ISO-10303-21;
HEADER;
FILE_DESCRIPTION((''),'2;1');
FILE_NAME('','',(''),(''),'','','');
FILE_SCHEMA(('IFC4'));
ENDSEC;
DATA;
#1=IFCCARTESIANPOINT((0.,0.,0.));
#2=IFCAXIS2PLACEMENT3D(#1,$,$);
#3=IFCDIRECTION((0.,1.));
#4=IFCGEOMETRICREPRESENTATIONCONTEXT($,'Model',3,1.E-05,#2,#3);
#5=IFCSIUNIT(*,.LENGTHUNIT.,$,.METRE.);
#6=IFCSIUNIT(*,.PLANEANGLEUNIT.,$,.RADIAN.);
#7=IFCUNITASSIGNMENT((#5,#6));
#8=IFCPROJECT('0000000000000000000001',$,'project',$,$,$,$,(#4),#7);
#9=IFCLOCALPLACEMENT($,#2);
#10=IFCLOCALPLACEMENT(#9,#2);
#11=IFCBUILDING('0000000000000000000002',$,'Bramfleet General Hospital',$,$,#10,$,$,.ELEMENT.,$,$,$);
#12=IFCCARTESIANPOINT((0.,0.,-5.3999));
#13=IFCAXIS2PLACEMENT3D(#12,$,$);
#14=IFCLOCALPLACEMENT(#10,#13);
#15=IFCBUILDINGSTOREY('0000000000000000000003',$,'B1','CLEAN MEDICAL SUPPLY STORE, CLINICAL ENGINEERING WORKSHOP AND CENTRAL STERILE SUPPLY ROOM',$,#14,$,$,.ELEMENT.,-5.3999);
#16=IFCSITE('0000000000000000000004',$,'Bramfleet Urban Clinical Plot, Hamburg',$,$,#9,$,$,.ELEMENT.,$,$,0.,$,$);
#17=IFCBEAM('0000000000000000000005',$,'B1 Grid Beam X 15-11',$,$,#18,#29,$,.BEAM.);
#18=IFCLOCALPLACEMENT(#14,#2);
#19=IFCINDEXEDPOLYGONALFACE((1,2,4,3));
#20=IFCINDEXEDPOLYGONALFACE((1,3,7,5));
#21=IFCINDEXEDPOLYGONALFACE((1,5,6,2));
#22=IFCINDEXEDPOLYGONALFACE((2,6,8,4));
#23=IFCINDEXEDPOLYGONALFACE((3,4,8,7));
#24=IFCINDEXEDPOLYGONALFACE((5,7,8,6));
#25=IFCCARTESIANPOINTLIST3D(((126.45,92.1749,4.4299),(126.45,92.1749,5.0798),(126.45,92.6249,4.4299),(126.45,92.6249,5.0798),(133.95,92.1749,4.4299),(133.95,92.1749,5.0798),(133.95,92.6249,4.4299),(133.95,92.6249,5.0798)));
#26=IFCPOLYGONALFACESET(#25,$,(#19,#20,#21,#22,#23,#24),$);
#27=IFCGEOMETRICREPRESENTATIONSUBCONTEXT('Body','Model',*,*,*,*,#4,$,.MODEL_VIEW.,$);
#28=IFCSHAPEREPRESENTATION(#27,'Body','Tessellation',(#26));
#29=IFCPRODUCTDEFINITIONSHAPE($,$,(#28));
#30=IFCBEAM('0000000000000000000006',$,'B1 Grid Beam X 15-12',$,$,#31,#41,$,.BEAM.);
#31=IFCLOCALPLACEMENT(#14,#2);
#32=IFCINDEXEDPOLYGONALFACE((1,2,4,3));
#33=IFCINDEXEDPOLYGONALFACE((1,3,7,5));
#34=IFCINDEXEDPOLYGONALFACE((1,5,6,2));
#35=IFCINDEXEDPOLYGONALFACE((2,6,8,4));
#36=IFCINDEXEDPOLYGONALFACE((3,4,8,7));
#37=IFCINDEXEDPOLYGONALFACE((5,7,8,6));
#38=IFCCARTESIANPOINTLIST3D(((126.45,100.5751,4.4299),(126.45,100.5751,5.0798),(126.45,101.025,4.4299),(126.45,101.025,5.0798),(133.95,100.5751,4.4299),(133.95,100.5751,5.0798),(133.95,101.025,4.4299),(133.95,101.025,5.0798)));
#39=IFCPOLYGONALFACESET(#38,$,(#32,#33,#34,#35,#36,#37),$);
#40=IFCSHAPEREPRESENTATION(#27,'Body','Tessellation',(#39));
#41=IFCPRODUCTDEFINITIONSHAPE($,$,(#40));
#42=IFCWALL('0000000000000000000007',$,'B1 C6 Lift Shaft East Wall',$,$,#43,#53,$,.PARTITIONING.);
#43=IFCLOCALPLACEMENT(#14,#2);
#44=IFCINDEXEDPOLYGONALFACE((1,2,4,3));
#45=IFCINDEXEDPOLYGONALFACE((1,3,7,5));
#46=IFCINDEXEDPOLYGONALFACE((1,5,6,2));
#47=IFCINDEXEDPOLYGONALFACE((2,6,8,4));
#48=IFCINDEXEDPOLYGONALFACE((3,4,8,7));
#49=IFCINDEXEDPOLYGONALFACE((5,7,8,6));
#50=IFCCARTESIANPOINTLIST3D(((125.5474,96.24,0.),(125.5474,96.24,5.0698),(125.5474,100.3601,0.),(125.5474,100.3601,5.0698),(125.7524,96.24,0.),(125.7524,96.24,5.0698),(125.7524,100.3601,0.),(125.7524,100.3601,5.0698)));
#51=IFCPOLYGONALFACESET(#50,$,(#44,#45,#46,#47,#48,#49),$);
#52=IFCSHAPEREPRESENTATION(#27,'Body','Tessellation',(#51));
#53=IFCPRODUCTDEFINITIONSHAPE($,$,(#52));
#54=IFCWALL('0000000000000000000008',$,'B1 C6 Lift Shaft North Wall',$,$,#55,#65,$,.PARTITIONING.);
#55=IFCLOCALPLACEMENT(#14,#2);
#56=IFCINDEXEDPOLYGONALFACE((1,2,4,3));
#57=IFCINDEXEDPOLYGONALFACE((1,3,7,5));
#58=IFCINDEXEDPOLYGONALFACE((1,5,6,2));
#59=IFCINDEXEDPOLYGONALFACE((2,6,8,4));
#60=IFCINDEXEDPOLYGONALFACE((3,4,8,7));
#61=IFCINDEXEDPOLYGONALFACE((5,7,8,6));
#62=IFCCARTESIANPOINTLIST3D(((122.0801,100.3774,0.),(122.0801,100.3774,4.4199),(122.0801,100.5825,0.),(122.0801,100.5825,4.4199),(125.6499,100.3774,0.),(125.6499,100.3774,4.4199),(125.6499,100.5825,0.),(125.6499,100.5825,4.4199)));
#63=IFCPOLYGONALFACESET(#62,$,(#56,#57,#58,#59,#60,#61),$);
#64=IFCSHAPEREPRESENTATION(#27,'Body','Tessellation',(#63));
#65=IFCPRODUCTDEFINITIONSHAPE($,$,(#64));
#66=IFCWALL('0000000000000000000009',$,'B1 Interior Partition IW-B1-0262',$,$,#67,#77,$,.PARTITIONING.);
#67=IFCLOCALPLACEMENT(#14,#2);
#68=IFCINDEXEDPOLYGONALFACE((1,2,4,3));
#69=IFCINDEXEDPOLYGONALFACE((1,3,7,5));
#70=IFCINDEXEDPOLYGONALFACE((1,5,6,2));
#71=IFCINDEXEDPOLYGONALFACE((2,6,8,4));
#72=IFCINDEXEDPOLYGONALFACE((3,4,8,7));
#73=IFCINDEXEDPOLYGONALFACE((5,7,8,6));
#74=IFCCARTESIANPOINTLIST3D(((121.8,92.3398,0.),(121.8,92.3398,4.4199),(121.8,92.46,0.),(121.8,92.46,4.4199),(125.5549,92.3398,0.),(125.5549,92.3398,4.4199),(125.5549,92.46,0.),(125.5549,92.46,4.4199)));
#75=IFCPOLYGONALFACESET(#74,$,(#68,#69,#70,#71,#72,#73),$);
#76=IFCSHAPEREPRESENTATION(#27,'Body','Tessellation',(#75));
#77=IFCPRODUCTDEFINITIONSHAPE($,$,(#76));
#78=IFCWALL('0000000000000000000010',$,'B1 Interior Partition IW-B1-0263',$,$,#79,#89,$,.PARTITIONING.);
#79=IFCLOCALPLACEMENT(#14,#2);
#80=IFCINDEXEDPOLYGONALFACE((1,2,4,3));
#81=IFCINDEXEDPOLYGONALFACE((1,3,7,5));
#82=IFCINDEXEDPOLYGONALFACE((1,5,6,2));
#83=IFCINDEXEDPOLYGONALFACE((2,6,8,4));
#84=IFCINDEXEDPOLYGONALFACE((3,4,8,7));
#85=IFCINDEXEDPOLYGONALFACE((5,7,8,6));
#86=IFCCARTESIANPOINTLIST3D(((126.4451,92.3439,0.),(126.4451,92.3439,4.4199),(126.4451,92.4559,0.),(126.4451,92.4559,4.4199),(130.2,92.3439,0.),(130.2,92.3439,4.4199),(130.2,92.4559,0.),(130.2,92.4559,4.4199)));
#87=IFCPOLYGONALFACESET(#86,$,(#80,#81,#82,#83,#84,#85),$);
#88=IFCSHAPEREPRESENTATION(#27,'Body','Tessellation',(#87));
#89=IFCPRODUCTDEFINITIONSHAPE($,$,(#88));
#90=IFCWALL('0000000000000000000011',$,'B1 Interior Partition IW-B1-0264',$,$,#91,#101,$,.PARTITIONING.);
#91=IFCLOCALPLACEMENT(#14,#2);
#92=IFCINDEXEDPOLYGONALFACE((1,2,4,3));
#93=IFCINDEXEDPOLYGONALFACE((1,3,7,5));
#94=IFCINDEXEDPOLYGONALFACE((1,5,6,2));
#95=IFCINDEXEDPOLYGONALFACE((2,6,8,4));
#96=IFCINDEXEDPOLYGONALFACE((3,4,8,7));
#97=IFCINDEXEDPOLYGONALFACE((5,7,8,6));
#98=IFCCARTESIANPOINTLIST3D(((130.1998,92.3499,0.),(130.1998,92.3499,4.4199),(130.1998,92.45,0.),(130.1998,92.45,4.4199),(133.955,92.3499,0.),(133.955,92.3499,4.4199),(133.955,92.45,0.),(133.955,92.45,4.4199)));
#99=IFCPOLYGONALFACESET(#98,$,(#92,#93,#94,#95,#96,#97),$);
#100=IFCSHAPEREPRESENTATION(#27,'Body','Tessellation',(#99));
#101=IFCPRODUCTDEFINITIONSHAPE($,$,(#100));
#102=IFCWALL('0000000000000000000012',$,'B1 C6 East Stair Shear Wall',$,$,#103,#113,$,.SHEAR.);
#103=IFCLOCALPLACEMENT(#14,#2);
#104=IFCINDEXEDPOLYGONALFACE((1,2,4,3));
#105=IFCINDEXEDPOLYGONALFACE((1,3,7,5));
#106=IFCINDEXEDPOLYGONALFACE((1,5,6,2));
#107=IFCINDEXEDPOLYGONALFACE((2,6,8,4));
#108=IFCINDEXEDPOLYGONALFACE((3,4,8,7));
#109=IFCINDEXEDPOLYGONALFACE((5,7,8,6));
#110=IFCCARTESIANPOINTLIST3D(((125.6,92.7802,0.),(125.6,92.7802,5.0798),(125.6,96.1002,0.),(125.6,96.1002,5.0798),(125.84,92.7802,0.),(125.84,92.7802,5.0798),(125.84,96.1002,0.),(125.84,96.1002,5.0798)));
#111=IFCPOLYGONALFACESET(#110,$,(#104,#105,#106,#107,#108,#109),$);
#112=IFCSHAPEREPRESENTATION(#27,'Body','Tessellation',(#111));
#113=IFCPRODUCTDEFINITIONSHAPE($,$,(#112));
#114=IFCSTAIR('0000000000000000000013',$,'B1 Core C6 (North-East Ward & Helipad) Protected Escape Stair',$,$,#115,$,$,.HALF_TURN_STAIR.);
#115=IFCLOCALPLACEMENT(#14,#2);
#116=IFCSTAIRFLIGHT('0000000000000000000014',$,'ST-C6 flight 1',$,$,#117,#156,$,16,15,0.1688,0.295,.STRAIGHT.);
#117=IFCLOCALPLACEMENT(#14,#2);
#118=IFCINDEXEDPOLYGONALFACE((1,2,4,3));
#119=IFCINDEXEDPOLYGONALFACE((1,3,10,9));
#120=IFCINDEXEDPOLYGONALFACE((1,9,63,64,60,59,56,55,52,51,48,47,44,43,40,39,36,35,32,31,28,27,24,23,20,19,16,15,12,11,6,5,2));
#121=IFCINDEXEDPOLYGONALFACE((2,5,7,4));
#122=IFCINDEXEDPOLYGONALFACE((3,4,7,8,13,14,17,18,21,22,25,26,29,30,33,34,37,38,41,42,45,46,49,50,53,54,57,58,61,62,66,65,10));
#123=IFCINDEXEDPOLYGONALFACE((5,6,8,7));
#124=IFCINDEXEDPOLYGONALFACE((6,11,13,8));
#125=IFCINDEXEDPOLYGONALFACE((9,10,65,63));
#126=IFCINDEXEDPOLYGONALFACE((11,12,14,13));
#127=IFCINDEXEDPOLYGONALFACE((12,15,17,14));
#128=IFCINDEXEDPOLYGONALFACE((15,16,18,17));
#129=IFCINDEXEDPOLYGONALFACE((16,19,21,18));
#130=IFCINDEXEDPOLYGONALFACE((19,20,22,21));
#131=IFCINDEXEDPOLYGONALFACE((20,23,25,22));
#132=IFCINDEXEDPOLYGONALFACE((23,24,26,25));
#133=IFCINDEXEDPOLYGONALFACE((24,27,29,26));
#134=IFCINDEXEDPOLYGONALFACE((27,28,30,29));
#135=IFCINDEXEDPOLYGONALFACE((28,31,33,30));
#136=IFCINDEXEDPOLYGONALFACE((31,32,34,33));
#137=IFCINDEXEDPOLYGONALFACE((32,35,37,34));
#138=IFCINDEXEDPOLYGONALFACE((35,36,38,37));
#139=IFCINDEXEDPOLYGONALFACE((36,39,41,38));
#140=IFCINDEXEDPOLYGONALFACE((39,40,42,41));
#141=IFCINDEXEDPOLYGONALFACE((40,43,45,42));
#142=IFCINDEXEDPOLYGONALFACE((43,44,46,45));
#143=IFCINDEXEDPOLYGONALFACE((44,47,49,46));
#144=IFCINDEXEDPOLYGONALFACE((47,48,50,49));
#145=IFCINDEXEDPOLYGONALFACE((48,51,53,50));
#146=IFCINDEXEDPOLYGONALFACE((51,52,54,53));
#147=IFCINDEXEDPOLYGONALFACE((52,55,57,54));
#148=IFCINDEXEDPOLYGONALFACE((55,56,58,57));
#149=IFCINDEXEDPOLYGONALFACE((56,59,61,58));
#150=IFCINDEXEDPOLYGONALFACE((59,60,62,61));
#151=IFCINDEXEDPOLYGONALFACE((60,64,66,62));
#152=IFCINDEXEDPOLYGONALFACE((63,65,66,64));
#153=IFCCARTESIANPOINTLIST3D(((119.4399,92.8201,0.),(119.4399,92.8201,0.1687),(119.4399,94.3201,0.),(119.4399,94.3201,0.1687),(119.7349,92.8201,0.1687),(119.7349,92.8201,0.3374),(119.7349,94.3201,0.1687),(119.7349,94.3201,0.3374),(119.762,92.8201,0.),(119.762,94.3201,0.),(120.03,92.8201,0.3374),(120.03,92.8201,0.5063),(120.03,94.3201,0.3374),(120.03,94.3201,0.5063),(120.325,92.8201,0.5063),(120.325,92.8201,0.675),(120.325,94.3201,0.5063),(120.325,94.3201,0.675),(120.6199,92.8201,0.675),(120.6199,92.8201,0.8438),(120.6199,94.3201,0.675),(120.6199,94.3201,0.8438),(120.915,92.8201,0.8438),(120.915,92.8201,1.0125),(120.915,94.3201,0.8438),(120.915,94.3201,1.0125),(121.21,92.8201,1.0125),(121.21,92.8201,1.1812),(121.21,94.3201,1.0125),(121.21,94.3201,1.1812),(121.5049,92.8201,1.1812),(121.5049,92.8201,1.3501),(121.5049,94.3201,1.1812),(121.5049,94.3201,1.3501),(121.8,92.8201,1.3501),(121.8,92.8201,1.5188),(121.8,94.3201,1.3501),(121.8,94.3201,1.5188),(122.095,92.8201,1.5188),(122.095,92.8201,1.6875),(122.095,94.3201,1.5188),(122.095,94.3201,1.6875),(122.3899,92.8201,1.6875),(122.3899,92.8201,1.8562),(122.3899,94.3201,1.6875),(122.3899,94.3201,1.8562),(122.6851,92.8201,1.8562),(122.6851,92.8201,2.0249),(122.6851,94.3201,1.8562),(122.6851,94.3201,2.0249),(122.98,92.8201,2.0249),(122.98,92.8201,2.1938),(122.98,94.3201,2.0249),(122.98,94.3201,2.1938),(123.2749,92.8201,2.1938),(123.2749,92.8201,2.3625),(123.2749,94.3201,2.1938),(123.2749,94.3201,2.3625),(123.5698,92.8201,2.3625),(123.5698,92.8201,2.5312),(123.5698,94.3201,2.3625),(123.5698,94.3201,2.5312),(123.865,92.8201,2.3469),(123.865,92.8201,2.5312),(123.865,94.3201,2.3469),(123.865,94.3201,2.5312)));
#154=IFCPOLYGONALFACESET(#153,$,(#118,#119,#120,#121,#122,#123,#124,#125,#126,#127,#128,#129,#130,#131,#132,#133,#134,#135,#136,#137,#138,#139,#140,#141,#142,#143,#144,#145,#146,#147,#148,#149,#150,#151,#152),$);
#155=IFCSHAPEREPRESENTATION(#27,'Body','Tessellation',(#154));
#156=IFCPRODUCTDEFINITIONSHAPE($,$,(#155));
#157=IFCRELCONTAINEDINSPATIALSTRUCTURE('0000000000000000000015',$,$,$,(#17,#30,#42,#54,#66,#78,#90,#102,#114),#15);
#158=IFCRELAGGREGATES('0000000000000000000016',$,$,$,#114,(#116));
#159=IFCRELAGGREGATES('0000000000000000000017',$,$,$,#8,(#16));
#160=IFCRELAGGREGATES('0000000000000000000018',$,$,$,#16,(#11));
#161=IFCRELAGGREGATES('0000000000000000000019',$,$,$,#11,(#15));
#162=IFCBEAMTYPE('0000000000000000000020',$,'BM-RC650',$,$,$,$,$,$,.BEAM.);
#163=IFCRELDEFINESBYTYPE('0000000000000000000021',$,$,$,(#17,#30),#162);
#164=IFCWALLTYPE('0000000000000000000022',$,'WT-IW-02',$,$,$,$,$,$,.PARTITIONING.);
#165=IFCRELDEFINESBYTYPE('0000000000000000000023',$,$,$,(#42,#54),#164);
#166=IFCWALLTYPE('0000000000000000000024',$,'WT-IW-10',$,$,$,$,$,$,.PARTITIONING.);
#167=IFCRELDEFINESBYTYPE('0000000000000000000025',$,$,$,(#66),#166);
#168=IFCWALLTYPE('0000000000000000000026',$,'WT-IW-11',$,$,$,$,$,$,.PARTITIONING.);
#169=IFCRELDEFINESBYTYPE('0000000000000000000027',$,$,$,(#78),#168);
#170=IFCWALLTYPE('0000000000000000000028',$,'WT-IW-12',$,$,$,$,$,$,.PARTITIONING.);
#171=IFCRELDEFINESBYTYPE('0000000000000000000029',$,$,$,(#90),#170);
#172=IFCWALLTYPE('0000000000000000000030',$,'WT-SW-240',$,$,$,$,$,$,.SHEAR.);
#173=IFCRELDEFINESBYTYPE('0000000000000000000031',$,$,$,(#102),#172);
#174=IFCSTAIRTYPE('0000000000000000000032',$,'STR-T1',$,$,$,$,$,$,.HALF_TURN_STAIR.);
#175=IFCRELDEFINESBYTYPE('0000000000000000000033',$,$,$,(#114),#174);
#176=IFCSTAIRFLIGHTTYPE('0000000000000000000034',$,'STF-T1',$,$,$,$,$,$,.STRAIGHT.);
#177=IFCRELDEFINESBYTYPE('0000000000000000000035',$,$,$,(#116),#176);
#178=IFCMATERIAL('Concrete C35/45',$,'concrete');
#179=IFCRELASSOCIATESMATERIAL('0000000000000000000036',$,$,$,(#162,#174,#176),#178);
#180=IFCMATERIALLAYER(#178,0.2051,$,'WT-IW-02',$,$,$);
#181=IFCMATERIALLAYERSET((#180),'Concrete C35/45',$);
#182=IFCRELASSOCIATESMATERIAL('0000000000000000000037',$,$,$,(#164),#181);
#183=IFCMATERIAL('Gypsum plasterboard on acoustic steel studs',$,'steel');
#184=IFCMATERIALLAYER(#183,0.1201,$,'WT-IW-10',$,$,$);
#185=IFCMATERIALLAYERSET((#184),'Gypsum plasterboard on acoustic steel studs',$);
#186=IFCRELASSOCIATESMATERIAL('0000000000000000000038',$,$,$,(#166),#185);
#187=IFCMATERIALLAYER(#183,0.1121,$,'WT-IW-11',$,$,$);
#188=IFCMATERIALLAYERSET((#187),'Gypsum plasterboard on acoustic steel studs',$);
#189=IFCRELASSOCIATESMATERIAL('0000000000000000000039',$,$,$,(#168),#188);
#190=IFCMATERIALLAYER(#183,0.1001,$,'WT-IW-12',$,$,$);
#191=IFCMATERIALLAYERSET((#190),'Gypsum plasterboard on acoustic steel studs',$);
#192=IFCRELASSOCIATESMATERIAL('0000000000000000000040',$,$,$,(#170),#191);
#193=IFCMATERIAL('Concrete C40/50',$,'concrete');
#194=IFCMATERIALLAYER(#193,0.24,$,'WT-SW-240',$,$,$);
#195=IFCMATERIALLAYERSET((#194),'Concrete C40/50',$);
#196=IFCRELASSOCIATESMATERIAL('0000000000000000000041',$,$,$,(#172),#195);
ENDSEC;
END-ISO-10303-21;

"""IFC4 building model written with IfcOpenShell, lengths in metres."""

from ifc_helpers import new_model, si_unit, direction, frame, frame_2d, origin, origin_2d, place, context, subcontext, project, spatial, polyline, rectangle, outline, extrude, material, layer, layer_set, material_profile, profile_set, type_object, element, aggregate, save


model = new_model("IFC4")

# Units and contexts
model_context = context("Model", 3, precision=1e-05, world=origin(), true_north=direction((0.0, 1.0)))
body_context = subcontext(model_context, "Body", "Model", "MODEL_VIEW")
ifc_project = project(units=[si_unit("LENGTHUNIT", "METRE"), si_unit("PLANEANGLEUNIT", "RADIAN")], contexts=[model_context])

# Site, building, storey
site_placement = place(None, origin())
site = spatial("IfcSite", under=ifc_project, at=site_placement, Name="Bramfleet Urban Clinical Plot, Hamburg", CompositionType="ELEMENT", RefElevation=0.0)
building_placement = place(site_placement, origin())
building = spatial("IfcBuilding", under=site, at=building_placement, Name="Bramfleet General Hospital", CompositionType="ELEMENT")
storey_placement = place(building_placement, frame((0.0, 0.0, -5.3999)))
storey = spatial("IfcBuildingStorey", under=building, at=storey_placement, Name="B1", Description="CLEAN MEDICAL SUPPLY STORE, CLINICAL ENGINEERING WORKSHOP AND CENTRAL STERILE SUPPLY ROOM", CompositionType="ELEMENT", Elevation=-5.3999)

# Shared definitions
ifc_material_1 = material(Name="Concrete C35/45", Category="concrete")

# Shared definitions
ifc_material_2 = material(Name="Concrete C40/50", Category="concrete")

# Beams
ifc_material_profile_1 = material_profile(ifc_material_1, rectangle(XDim=0.45, YDim=0.6499, at=origin_2d()), Name="RC BM 650x450")
ifc_profile_set_1 = profile_set([ifc_material_profile_1], Name="Concrete C35/45")
beam_type_1 = type_object("IfcBeamType", Name="BM-RC650", PredefinedType="BEAM", material=ifc_profile_set_1)
for number, where, z_axis, x_axis, name in (
    (1, (126.45, 92.3999, 4.7549), (1.0, 0.0, 0.0), (0.0, 1.0, 0.0), "B1 Grid Beam X 15-11"),
    (2, (126.45, 100.8, 4.7549), (1.0, 0.0, 0.0), (0.0, 1.0, 0.0), "B1 Grid Beam X 15-12"),
):
    element("IfcBeam", number, at=place(storey_placement, frame(where, z_axis=z_axis, x_axis=x_axis)), inside=storey, type_object=beam_type_1, Name=name, PredefinedType="BEAM", context=body_context, shape_type="SweptSolid", body=[
        extrude(rectangle(XDim=0.45, YDim=0.6499, at=origin_2d()), origin(), (0.0, 0.0, 1.0), 7.5),
    ])

# Shared definitions
ifc_layer_1 = layer(ifc_material_1, 0.2051, Name="WT-IW-02")
ifc_layer_set_1 = layer_set([ifc_layer_1], Name="Concrete C35/45")
wall_type_1 = type_object("IfcWallType", Name="WT-IW-02", PredefinedType="PARTITIONING", material=ifc_layer_set_1)

# Walls
wall_1_placement = place(storey_placement, frame((125.6499, 96.24, 0.0), z_axis=(0.0, 0.0, 1.0), x_axis=(0.0, 1.0, 0.0)))
element("IfcWall", 3, at=wall_1_placement, inside=storey, type_object=wall_type_1, Name="B1 C6 Lift Shaft East Wall", PredefinedType="PARTITIONING", context=body_context, shape_type="SweptSolid", body=[
    extrude(rectangle(XDim=4.1201, YDim=0.2051, at=frame_2d((2.0601, 0.0))), origin(), (0.0, 0.0, 1.0), 5.0698),
])
wall_2_placement = place(storey_placement, frame((122.0801, 100.48, 0.0), z_axis=(0.0, 0.0, 1.0), x_axis=(1.0, 0.0, 0.0)))
element("IfcWall", 4, at=wall_2_placement, inside=storey, type_object=wall_type_1, Name="B1 C6 Lift Shaft North Wall", PredefinedType="PARTITIONING", context=body_context, shape_type="SweptSolid", body=[
    extrude(rectangle(XDim=3.5698, YDim=0.2051, at=frame_2d((1.7849, 0.0))), origin(), (0.0, 0.0, 1.0), 4.4199),
])
ifc_material_3 = material(Name="Gypsum plasterboard on acoustic steel studs", Category="steel")
ifc_layer_2 = layer(ifc_material_3, 0.1201, Name="WT-IW-10")
ifc_layer_set_2 = layer_set([ifc_layer_2], Name="Gypsum plasterboard on acoustic steel studs")
wall_type_2 = type_object("IfcWallType", Name="WT-IW-10", PredefinedType="PARTITIONING", material=ifc_layer_set_2)
wall_3_placement = place(storey_placement, frame((121.8, 92.3999, 0.0), z_axis=(0.0, 0.0, 1.0), x_axis=(1.0, 0.0, 0.0)))
element("IfcWall", 5, at=wall_3_placement, inside=storey, type_object=wall_type_2, Name="B1 Interior Partition IW-B1-0262", PredefinedType="PARTITIONING", context=body_context, shape_type="SweptSolid", body=[
    extrude(rectangle(XDim=3.7549, YDim=0.1201, at=frame_2d((1.8774, 0.0))), origin(), (0.0, 0.0, 1.0), 4.4199),
])
ifc_layer_3 = layer(ifc_material_3, 0.1121, Name="WT-IW-11")
ifc_layer_set_3 = layer_set([ifc_layer_3], Name="Gypsum plasterboard on acoustic steel studs")
wall_type_3 = type_object("IfcWallType", Name="WT-IW-11", PredefinedType="PARTITIONING", material=ifc_layer_set_3)
wall_4_placement = place(storey_placement, frame((126.4451, 92.3999, 0.0), z_axis=(0.0, 0.0, 1.0), x_axis=(1.0, 0.0, 0.0)))
element("IfcWall", 6, at=wall_4_placement, inside=storey, type_object=wall_type_3, Name="B1 Interior Partition IW-B1-0263", PredefinedType="PARTITIONING", context=body_context, shape_type="SweptSolid", body=[
    extrude(rectangle(XDim=3.7549, YDim=0.1121, at=frame_2d((1.8774, 0.0))), origin(), (0.0, 0.0, 1.0), 4.4199),
])
ifc_layer_4 = layer(ifc_material_3, 0.1001, Name="WT-IW-12")
ifc_layer_set_4 = layer_set([ifc_layer_4], Name="Gypsum plasterboard on acoustic steel studs")
wall_type_4 = type_object("IfcWallType", Name="WT-IW-12", PredefinedType="PARTITIONING", material=ifc_layer_set_4)
wall_5_placement = place(storey_placement, frame((130.2, 92.3999, 0.0), z_axis=(0.0, 0.0, 1.0), x_axis=(1.0, 0.0, 0.0)))
element("IfcWall", 7, at=wall_5_placement, inside=storey, type_object=wall_type_4, Name="B1 Interior Partition IW-B1-0264", PredefinedType="PARTITIONING", context=body_context, shape_type="SweptSolid", body=[
    extrude(rectangle(XDim=3.7551, YDim=0.1001, at=frame_2d((1.8774, 0.0))), origin(), (0.0, 0.0, 1.0), 4.4199),
])
ifc_layer_5 = layer(ifc_material_2, 0.24, Name="WT-SW-240")
ifc_layer_set_5 = layer_set([ifc_layer_5], Name="Concrete C40/50")
wall_type_5 = type_object("IfcWallType", Name="WT-SW-240", PredefinedType="SHEAR", material=ifc_layer_set_5)
wall_6_placement = place(storey_placement, frame((125.72, 92.78, 0.0), z_axis=(0.0, 0.0, 1.0), x_axis=(0.0, 1.0, 0.0)))
element("IfcWall", 8, at=wall_6_placement, inside=storey, type_object=wall_type_5, Name="B1 C6 East Stair Shear Wall", PredefinedType="SHEAR", context=body_context, shape_type="SweptSolid", body=[
    extrude(rectangle(XDim=3.3201, YDim=0.24, at=frame_2d((1.6602, 0.0))), origin(), (0.0, 0.0, 1.0), 5.0798),
])

# Stair, stair flight
stair_type = type_object("IfcStairType", Name="STR-T1", PredefinedType="HALF_TURN_STAIR", material=ifc_material_1)
stair_placement = place(storey_placement, origin())
stair = element("IfcStair", 9, at=stair_placement, inside=storey, type_object=stair_type, Name="B1 Core C6 (North-East Ward & Helipad) Protected Escape Stair", PredefinedType="HALF_TURN_STAIR")
stair_flight_type = type_object("IfcStairFlightType", Name="STF-T1", PredefinedType="STRAIGHT", material=ifc_material_1)
stair_flight_1_placement = place(storey_placement, frame((119.4399, 93.5701, 0.0), z_axis=(0.0, 0.0, 1.0), x_axis=(1.0, 0.0, 0.0)))
stair_flight_1 = element("IfcStairFlight", 10, at=stair_flight_1_placement, type_object=stair_flight_type, Name="ST-C6 flight 1", NumberOfRisers=16, NumberOfTreads=15, PredefinedType="STRAIGHT", RiserHeight=0.1688, TreadLength=0.295, context=body_context, shape_type="SweptSolid", body=[
    extrude(outline(polyline([(0.0, 0.0), (0.0, 0.1687), (0.2949, 0.1687), (0.2949, 0.3374), (0.5901, 0.3374), (0.5901, 0.5063), (0.885, 0.5063), (0.885, 0.675), (1.1799, 0.675), (1.1799, 0.8438), (1.4751, 0.8438), (1.4751, 1.0125), (1.77, 1.0125), (1.77, 1.1812), (2.0649, 1.1812), (2.0649, 1.3501), (2.3601, 1.3501), (2.3601, 1.5188), (2.655, 1.5188), (2.655, 1.6875), (2.95, 1.6875), (2.95, 1.8562), (3.2451, 1.8562), (3.2451, 2.0249), (3.54, 2.0249), (3.54, 2.1938), (3.835, 2.1938), (3.835, 2.3625), (4.1299, 2.3625), (4.1299, 2.5312), (4.425, 2.5312), (4.425, 2.7), (4.425, 2.3469), (0.322, 0.0), (0.0, 0.0)])), frame((0.0, 0.75, 0.0), z_axis=(0.0, -1.0, 0.0), x_axis=(1.0, 0.0, 0.0)), (0.0, 0.0, 1.0), 1.5),
])
aggregate(stair, [stair_flight_1])

save(model, "model.ifc")
